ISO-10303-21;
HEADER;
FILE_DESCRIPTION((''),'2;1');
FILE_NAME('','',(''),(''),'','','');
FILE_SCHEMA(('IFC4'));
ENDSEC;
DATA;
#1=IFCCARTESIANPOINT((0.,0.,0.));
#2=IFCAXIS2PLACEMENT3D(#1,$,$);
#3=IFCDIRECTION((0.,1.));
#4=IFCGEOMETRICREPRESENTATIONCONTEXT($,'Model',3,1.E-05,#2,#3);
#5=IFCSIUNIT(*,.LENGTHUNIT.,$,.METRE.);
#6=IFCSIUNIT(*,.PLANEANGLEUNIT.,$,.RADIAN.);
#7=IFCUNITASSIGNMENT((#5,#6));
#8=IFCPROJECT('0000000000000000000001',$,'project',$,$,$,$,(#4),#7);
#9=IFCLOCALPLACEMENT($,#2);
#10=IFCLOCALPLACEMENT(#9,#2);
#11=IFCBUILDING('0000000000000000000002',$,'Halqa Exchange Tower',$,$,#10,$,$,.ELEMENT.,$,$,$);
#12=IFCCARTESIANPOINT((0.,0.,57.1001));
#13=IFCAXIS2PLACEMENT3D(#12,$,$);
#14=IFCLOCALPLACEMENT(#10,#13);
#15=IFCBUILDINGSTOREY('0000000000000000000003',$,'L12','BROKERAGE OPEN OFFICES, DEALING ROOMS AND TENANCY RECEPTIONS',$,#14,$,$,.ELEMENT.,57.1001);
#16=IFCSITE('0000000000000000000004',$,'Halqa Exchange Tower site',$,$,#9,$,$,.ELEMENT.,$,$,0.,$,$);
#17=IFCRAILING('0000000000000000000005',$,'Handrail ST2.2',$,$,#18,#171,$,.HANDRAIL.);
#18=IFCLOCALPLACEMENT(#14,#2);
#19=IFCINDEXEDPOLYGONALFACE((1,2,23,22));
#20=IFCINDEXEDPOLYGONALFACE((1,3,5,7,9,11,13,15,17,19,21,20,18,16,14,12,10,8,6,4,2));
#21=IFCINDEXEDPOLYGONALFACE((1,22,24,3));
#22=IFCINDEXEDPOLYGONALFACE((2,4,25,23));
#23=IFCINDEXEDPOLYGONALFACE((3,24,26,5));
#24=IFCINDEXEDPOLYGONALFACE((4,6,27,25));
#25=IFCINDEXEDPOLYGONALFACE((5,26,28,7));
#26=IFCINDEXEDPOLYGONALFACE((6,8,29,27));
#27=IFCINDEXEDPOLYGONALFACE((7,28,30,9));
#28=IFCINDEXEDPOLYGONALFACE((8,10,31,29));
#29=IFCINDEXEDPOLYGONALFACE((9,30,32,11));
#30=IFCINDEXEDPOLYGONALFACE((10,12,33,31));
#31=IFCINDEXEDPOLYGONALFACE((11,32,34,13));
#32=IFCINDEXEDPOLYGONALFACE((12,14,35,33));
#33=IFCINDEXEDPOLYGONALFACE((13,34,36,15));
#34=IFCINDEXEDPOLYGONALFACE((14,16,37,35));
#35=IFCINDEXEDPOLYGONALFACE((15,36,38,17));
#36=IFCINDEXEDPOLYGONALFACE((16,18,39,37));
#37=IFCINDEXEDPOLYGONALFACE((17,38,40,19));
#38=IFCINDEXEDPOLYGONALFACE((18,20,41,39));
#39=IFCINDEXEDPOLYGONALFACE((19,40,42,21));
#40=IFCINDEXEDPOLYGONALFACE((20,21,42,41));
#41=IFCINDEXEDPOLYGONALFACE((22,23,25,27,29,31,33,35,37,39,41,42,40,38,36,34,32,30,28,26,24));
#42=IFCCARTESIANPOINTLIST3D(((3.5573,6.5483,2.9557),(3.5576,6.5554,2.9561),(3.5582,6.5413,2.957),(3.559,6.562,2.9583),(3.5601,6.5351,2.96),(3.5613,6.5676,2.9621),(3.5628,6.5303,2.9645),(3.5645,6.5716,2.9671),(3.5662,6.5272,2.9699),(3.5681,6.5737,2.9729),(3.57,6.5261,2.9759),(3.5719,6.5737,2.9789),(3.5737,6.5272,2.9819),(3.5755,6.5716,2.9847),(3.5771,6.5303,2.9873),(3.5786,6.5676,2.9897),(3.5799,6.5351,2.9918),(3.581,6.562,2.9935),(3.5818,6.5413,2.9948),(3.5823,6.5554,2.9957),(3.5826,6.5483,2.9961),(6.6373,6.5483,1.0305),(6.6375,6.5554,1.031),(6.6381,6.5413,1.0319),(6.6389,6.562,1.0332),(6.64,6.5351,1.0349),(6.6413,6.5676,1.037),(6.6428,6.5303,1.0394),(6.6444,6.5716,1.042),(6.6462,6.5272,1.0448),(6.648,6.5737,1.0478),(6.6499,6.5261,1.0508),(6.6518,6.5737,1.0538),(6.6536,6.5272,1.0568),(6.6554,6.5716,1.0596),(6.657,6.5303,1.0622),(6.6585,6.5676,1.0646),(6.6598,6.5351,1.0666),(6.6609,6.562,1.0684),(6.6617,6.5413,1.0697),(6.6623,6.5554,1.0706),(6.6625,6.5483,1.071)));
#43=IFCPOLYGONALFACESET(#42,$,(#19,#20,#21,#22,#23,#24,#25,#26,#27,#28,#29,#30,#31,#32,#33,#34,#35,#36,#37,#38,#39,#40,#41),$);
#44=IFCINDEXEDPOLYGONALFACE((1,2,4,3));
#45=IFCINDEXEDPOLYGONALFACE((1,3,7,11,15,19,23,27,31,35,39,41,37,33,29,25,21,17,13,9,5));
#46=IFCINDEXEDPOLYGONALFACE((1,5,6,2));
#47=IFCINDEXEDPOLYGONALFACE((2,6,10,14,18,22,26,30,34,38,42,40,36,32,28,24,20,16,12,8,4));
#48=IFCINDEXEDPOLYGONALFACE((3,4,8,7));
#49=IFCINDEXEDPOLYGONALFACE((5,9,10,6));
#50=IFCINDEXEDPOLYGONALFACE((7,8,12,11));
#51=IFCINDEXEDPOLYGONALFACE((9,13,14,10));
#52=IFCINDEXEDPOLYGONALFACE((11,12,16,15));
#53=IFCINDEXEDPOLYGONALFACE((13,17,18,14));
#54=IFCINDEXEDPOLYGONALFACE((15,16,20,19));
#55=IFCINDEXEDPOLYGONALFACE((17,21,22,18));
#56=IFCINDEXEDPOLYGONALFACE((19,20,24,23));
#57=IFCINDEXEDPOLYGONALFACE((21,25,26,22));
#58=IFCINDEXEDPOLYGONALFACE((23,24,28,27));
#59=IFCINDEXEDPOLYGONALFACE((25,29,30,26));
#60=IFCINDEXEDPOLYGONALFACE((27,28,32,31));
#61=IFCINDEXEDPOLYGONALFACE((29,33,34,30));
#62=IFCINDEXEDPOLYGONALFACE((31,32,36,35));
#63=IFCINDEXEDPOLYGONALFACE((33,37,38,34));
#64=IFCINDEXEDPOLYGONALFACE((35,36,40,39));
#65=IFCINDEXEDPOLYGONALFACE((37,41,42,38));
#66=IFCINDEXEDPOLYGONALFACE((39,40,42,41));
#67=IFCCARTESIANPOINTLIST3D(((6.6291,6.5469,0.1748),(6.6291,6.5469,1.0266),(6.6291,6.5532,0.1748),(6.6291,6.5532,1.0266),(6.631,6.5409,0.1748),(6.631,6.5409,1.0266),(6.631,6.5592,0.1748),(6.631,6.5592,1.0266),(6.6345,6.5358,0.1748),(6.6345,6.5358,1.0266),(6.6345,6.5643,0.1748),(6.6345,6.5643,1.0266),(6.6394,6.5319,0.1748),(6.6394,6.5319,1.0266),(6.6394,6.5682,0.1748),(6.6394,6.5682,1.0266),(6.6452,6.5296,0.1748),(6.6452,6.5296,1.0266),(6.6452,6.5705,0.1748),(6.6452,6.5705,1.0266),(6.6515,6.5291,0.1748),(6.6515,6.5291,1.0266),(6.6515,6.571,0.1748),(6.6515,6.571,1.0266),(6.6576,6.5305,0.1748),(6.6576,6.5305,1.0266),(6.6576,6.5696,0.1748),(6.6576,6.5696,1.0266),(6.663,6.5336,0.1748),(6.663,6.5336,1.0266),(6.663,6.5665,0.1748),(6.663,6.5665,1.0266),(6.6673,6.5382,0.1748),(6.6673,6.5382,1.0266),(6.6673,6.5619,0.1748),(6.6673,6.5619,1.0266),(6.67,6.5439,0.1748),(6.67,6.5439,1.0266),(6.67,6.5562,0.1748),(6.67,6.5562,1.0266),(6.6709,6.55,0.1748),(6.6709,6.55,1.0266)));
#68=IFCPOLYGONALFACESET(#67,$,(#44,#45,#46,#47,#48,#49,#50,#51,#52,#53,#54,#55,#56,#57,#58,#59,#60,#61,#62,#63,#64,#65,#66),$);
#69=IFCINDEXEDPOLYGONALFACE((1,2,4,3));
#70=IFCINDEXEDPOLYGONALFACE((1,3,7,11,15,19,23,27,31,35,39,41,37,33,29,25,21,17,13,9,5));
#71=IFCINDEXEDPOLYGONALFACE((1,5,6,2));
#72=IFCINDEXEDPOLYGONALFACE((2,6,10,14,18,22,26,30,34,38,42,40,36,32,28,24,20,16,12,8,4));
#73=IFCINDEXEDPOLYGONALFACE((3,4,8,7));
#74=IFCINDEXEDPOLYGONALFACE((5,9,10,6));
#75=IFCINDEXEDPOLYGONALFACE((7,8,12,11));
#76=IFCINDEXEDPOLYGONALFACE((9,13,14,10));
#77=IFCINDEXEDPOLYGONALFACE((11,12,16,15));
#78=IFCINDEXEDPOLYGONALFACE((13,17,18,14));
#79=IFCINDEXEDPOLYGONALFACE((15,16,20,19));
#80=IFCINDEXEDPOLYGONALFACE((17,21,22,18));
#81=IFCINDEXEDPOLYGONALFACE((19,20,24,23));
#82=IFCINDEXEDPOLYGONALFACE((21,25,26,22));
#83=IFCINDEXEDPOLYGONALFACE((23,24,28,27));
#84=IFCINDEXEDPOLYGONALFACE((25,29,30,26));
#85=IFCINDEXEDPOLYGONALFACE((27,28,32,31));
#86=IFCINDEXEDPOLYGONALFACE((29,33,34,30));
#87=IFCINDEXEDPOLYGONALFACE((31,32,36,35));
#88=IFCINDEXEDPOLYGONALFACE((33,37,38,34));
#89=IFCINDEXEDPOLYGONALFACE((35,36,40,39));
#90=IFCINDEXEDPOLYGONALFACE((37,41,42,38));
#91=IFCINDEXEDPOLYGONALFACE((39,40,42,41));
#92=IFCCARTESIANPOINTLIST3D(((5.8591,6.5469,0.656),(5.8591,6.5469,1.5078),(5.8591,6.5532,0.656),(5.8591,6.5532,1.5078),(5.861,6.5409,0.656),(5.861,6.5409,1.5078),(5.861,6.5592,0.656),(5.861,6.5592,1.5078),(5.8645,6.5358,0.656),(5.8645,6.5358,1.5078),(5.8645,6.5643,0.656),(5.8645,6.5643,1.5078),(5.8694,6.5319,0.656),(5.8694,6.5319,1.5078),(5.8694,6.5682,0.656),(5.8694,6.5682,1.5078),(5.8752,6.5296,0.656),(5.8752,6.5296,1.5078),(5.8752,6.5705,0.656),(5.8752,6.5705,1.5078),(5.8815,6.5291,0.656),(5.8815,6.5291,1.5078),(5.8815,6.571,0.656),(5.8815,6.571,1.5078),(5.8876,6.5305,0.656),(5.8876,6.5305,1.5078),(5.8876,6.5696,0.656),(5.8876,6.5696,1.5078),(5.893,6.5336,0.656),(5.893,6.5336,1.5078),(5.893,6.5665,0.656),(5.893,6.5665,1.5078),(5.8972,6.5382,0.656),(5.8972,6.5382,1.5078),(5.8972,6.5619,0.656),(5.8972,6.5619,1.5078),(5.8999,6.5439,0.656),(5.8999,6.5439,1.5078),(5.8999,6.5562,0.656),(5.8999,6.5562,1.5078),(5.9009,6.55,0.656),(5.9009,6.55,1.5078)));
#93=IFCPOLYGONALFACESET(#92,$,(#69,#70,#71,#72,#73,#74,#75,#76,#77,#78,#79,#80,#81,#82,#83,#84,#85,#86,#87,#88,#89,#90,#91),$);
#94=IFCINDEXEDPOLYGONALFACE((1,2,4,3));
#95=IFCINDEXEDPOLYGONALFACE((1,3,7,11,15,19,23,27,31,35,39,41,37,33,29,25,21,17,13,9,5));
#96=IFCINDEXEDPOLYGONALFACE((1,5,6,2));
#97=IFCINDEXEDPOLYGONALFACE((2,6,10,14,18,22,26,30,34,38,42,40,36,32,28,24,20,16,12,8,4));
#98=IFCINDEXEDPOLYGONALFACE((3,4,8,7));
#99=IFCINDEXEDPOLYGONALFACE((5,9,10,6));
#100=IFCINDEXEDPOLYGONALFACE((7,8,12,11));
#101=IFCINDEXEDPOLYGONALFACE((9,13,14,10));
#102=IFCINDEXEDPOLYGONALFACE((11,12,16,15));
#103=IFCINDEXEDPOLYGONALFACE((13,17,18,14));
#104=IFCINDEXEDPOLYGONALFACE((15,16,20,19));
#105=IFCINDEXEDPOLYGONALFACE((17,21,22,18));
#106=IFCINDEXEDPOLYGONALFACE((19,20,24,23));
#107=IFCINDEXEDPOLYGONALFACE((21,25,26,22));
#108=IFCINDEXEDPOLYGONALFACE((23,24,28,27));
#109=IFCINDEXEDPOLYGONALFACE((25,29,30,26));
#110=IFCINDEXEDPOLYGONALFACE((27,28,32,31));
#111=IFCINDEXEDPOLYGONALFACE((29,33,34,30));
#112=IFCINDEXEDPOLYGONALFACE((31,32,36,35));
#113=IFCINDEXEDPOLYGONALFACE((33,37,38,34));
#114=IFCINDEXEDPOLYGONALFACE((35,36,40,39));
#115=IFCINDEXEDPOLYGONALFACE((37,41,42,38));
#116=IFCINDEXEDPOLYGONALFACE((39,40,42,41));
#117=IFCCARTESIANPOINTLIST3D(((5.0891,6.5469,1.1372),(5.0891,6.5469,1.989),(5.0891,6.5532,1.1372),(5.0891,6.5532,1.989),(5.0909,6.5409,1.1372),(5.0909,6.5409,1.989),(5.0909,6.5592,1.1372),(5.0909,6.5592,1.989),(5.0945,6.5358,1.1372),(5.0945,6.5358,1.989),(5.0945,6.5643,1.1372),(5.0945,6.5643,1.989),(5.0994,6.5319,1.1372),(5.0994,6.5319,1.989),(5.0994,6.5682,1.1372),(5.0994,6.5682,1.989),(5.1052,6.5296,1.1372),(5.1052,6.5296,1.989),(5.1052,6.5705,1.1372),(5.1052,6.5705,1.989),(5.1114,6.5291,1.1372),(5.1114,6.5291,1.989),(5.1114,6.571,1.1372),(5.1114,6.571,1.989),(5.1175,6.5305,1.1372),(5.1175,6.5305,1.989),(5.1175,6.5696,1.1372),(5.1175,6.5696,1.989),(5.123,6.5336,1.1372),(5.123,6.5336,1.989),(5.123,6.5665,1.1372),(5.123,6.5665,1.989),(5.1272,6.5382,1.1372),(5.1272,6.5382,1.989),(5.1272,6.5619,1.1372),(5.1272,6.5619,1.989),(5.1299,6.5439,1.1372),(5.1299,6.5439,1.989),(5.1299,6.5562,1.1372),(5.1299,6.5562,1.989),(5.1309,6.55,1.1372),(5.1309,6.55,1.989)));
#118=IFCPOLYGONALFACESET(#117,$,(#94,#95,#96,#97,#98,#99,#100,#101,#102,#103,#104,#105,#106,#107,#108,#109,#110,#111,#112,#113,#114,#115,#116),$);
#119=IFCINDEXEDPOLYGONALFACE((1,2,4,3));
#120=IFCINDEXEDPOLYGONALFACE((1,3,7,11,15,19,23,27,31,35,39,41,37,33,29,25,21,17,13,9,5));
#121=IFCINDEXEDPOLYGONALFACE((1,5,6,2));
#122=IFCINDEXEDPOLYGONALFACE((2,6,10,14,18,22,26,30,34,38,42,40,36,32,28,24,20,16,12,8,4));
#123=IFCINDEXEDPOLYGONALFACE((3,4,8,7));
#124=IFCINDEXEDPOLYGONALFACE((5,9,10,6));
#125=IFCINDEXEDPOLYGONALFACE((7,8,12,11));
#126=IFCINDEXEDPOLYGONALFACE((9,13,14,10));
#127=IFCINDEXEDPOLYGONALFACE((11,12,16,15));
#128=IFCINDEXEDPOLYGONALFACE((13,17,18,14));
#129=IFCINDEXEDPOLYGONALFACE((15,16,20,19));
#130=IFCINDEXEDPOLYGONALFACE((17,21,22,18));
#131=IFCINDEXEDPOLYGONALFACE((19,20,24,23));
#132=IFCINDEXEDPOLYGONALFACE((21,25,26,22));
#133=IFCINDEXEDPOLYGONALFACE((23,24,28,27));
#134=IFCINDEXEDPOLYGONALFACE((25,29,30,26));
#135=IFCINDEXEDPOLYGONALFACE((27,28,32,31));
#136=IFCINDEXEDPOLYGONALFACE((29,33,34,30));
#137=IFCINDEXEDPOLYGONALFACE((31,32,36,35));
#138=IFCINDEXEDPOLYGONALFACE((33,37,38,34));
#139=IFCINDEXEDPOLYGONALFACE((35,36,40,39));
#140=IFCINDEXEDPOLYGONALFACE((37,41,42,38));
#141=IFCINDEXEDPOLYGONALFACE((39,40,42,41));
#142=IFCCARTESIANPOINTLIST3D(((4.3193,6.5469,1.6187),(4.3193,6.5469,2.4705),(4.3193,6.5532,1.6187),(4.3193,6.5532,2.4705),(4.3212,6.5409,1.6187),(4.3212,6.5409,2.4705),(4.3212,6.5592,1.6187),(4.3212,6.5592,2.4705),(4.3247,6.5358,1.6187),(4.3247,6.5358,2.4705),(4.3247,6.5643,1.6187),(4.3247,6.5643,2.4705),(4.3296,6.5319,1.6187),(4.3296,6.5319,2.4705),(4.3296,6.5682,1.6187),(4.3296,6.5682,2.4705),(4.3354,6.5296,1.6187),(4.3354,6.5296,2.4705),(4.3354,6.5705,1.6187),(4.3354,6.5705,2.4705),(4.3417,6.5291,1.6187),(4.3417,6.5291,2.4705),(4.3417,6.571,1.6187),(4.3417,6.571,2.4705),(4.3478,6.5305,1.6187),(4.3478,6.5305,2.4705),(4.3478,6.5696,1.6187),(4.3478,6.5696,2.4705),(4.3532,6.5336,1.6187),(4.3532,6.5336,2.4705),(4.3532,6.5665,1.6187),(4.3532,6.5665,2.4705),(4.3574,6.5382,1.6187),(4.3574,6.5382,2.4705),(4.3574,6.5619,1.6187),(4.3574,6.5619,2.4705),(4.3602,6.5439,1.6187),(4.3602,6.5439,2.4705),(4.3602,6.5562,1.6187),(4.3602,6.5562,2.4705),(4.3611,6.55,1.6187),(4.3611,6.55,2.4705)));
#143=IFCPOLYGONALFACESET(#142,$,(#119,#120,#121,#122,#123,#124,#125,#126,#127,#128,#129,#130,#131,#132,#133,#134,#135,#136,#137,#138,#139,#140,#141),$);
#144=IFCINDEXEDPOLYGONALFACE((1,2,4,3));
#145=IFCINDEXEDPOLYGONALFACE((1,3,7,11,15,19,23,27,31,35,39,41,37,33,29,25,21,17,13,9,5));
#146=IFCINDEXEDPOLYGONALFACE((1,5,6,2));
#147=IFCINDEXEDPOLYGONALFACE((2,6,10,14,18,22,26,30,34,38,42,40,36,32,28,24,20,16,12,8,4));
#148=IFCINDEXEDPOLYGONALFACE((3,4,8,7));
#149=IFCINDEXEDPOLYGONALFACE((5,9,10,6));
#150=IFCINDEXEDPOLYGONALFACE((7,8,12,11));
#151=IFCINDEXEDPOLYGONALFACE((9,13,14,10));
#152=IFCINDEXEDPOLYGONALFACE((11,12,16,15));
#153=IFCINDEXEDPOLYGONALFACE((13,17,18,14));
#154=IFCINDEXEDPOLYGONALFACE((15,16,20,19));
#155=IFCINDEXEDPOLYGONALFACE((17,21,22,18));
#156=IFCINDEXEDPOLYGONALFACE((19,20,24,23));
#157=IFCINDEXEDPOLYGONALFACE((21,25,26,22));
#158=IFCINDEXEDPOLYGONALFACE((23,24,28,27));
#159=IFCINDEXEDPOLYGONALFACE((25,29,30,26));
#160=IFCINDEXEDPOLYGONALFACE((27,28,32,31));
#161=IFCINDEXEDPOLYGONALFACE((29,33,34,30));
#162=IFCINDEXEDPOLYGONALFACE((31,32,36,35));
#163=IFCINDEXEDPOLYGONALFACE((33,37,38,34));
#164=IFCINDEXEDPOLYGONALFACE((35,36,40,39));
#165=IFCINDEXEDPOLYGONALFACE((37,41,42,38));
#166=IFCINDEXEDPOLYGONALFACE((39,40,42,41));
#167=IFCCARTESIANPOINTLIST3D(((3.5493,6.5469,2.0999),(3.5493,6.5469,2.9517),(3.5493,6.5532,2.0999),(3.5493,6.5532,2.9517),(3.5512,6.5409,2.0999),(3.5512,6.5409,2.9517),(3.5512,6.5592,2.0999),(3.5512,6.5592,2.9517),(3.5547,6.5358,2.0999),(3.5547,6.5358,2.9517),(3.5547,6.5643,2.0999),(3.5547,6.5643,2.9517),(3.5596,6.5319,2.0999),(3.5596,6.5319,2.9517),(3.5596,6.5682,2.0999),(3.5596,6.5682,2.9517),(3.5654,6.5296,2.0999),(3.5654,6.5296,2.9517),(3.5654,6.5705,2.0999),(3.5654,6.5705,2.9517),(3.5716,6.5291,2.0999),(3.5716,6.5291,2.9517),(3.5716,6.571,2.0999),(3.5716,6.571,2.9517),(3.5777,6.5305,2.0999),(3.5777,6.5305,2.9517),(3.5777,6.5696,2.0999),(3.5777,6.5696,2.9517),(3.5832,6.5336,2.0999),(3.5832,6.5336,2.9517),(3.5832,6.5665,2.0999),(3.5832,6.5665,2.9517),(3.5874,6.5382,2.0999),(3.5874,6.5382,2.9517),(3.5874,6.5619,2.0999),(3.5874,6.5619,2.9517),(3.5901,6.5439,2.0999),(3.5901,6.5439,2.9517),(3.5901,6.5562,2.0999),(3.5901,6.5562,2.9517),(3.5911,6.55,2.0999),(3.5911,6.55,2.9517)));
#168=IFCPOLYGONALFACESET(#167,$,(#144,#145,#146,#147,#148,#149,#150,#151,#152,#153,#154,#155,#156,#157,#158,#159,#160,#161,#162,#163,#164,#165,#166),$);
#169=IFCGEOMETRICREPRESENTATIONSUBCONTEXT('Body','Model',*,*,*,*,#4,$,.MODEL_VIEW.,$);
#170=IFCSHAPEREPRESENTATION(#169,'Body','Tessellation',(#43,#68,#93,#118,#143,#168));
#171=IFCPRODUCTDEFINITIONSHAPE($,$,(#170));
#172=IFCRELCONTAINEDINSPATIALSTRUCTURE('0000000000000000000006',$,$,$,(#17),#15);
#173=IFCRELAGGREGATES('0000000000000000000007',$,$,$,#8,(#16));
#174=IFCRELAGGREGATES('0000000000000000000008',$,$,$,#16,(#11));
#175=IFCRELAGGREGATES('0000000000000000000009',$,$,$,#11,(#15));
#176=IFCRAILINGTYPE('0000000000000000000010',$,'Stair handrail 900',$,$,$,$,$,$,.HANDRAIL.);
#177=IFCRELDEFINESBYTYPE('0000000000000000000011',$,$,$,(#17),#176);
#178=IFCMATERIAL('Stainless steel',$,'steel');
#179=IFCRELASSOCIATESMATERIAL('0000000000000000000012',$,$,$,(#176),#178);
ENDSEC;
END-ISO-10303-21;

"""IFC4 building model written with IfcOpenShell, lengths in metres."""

from ifc_helpers import new_model, si_unit, direction, frame, origin, origin_2d, place, context, subcontext, project, spatial, circle, extrude, material, type_object, element, save


model = new_model("IFC4")

# Units and contexts
model_context = context("Model", 3, precision=1e-05, world=origin(), true_north=direction((0.0, 1.0)))
body_context = subcontext(model_context, "Body", "Model", "MODEL_VIEW")
ifc_project = project(units=[si_unit("LENGTHUNIT", "METRE"), si_unit("PLANEANGLEUNIT", "RADIAN")], contexts=[model_context])

# Site, building, storey
site_placement = place(None, origin())
site = spatial("IfcSite", under=ifc_project, at=site_placement, Name="Halqa Exchange Tower site", CompositionType="ELEMENT", RefElevation=0.0)
building_placement = place(site_placement, origin())
building = spatial("IfcBuilding", under=site, at=building_placement, Name="Halqa Exchange Tower", CompositionType="ELEMENT")
storey_placement = place(building_placement, frame((0.0, 0.0, 57.1001)))
storey = spatial("IfcBuildingStorey", under=building, at=storey_placement, Name="L12", Description="BROKERAGE OPEN OFFICES, DEALING ROOMS AND TENANCY RECEPTIONS", CompositionType="ELEMENT", Elevation=57.1001)

# Railing
ifc_material_1 = material(Name="Stainless steel", Category="steel")
railing_type_1 = type_object("IfcRailingType", Name="Stair handrail 900", PredefinedType="HANDRAIL", material=ifc_material_1)
railing_1_placement = place(storey_placement, frame((6.6499, 6.55, 0.1748)))
element("IfcRailing", 1, at=railing_1_placement, inside=storey, type_object=railing_type_1, Name="Handrail ST2.2", PredefinedType="HANDRAIL", context=body_context, shape_type="SweptSolid", body=[
    extrude(circle(Radius=0.0239, at=origin_2d()), frame((0.0, 0.0, 0.876), z_axis=(-0.847979, 0.0, 0.530029), x_axis=(0.0, -1.0, 0.0)), (0.0, 0.0, 1.0), 3.6321),
    extrude(circle(Radius=0.021, at=origin_2d()), origin(), (0.0, 0.0, 1.0), 0.8518),
    extrude(circle(Radius=0.021, at=origin_2d()), frame((-0.77, 0.0, 0.4812)), (0.0, 0.0, 1.0), 0.8518),
    extrude(circle(Radius=0.021, at=origin_2d()), frame((-1.54, 0.0, 0.9624)), (0.0, 0.0, 1.0), 0.8518),
    extrude(circle(Radius=0.021, at=origin_2d()), frame((-2.3098, 0.0, 1.4438)), (0.0, 0.0, 1.0), 0.8518),
    extrude(circle(Radius=0.021, at=origin_2d()), frame((-3.0798, 0.0, 1.925)), (0.0, 0.0, 1.0), 0.8518),
])

save(model, "model.ifc")
